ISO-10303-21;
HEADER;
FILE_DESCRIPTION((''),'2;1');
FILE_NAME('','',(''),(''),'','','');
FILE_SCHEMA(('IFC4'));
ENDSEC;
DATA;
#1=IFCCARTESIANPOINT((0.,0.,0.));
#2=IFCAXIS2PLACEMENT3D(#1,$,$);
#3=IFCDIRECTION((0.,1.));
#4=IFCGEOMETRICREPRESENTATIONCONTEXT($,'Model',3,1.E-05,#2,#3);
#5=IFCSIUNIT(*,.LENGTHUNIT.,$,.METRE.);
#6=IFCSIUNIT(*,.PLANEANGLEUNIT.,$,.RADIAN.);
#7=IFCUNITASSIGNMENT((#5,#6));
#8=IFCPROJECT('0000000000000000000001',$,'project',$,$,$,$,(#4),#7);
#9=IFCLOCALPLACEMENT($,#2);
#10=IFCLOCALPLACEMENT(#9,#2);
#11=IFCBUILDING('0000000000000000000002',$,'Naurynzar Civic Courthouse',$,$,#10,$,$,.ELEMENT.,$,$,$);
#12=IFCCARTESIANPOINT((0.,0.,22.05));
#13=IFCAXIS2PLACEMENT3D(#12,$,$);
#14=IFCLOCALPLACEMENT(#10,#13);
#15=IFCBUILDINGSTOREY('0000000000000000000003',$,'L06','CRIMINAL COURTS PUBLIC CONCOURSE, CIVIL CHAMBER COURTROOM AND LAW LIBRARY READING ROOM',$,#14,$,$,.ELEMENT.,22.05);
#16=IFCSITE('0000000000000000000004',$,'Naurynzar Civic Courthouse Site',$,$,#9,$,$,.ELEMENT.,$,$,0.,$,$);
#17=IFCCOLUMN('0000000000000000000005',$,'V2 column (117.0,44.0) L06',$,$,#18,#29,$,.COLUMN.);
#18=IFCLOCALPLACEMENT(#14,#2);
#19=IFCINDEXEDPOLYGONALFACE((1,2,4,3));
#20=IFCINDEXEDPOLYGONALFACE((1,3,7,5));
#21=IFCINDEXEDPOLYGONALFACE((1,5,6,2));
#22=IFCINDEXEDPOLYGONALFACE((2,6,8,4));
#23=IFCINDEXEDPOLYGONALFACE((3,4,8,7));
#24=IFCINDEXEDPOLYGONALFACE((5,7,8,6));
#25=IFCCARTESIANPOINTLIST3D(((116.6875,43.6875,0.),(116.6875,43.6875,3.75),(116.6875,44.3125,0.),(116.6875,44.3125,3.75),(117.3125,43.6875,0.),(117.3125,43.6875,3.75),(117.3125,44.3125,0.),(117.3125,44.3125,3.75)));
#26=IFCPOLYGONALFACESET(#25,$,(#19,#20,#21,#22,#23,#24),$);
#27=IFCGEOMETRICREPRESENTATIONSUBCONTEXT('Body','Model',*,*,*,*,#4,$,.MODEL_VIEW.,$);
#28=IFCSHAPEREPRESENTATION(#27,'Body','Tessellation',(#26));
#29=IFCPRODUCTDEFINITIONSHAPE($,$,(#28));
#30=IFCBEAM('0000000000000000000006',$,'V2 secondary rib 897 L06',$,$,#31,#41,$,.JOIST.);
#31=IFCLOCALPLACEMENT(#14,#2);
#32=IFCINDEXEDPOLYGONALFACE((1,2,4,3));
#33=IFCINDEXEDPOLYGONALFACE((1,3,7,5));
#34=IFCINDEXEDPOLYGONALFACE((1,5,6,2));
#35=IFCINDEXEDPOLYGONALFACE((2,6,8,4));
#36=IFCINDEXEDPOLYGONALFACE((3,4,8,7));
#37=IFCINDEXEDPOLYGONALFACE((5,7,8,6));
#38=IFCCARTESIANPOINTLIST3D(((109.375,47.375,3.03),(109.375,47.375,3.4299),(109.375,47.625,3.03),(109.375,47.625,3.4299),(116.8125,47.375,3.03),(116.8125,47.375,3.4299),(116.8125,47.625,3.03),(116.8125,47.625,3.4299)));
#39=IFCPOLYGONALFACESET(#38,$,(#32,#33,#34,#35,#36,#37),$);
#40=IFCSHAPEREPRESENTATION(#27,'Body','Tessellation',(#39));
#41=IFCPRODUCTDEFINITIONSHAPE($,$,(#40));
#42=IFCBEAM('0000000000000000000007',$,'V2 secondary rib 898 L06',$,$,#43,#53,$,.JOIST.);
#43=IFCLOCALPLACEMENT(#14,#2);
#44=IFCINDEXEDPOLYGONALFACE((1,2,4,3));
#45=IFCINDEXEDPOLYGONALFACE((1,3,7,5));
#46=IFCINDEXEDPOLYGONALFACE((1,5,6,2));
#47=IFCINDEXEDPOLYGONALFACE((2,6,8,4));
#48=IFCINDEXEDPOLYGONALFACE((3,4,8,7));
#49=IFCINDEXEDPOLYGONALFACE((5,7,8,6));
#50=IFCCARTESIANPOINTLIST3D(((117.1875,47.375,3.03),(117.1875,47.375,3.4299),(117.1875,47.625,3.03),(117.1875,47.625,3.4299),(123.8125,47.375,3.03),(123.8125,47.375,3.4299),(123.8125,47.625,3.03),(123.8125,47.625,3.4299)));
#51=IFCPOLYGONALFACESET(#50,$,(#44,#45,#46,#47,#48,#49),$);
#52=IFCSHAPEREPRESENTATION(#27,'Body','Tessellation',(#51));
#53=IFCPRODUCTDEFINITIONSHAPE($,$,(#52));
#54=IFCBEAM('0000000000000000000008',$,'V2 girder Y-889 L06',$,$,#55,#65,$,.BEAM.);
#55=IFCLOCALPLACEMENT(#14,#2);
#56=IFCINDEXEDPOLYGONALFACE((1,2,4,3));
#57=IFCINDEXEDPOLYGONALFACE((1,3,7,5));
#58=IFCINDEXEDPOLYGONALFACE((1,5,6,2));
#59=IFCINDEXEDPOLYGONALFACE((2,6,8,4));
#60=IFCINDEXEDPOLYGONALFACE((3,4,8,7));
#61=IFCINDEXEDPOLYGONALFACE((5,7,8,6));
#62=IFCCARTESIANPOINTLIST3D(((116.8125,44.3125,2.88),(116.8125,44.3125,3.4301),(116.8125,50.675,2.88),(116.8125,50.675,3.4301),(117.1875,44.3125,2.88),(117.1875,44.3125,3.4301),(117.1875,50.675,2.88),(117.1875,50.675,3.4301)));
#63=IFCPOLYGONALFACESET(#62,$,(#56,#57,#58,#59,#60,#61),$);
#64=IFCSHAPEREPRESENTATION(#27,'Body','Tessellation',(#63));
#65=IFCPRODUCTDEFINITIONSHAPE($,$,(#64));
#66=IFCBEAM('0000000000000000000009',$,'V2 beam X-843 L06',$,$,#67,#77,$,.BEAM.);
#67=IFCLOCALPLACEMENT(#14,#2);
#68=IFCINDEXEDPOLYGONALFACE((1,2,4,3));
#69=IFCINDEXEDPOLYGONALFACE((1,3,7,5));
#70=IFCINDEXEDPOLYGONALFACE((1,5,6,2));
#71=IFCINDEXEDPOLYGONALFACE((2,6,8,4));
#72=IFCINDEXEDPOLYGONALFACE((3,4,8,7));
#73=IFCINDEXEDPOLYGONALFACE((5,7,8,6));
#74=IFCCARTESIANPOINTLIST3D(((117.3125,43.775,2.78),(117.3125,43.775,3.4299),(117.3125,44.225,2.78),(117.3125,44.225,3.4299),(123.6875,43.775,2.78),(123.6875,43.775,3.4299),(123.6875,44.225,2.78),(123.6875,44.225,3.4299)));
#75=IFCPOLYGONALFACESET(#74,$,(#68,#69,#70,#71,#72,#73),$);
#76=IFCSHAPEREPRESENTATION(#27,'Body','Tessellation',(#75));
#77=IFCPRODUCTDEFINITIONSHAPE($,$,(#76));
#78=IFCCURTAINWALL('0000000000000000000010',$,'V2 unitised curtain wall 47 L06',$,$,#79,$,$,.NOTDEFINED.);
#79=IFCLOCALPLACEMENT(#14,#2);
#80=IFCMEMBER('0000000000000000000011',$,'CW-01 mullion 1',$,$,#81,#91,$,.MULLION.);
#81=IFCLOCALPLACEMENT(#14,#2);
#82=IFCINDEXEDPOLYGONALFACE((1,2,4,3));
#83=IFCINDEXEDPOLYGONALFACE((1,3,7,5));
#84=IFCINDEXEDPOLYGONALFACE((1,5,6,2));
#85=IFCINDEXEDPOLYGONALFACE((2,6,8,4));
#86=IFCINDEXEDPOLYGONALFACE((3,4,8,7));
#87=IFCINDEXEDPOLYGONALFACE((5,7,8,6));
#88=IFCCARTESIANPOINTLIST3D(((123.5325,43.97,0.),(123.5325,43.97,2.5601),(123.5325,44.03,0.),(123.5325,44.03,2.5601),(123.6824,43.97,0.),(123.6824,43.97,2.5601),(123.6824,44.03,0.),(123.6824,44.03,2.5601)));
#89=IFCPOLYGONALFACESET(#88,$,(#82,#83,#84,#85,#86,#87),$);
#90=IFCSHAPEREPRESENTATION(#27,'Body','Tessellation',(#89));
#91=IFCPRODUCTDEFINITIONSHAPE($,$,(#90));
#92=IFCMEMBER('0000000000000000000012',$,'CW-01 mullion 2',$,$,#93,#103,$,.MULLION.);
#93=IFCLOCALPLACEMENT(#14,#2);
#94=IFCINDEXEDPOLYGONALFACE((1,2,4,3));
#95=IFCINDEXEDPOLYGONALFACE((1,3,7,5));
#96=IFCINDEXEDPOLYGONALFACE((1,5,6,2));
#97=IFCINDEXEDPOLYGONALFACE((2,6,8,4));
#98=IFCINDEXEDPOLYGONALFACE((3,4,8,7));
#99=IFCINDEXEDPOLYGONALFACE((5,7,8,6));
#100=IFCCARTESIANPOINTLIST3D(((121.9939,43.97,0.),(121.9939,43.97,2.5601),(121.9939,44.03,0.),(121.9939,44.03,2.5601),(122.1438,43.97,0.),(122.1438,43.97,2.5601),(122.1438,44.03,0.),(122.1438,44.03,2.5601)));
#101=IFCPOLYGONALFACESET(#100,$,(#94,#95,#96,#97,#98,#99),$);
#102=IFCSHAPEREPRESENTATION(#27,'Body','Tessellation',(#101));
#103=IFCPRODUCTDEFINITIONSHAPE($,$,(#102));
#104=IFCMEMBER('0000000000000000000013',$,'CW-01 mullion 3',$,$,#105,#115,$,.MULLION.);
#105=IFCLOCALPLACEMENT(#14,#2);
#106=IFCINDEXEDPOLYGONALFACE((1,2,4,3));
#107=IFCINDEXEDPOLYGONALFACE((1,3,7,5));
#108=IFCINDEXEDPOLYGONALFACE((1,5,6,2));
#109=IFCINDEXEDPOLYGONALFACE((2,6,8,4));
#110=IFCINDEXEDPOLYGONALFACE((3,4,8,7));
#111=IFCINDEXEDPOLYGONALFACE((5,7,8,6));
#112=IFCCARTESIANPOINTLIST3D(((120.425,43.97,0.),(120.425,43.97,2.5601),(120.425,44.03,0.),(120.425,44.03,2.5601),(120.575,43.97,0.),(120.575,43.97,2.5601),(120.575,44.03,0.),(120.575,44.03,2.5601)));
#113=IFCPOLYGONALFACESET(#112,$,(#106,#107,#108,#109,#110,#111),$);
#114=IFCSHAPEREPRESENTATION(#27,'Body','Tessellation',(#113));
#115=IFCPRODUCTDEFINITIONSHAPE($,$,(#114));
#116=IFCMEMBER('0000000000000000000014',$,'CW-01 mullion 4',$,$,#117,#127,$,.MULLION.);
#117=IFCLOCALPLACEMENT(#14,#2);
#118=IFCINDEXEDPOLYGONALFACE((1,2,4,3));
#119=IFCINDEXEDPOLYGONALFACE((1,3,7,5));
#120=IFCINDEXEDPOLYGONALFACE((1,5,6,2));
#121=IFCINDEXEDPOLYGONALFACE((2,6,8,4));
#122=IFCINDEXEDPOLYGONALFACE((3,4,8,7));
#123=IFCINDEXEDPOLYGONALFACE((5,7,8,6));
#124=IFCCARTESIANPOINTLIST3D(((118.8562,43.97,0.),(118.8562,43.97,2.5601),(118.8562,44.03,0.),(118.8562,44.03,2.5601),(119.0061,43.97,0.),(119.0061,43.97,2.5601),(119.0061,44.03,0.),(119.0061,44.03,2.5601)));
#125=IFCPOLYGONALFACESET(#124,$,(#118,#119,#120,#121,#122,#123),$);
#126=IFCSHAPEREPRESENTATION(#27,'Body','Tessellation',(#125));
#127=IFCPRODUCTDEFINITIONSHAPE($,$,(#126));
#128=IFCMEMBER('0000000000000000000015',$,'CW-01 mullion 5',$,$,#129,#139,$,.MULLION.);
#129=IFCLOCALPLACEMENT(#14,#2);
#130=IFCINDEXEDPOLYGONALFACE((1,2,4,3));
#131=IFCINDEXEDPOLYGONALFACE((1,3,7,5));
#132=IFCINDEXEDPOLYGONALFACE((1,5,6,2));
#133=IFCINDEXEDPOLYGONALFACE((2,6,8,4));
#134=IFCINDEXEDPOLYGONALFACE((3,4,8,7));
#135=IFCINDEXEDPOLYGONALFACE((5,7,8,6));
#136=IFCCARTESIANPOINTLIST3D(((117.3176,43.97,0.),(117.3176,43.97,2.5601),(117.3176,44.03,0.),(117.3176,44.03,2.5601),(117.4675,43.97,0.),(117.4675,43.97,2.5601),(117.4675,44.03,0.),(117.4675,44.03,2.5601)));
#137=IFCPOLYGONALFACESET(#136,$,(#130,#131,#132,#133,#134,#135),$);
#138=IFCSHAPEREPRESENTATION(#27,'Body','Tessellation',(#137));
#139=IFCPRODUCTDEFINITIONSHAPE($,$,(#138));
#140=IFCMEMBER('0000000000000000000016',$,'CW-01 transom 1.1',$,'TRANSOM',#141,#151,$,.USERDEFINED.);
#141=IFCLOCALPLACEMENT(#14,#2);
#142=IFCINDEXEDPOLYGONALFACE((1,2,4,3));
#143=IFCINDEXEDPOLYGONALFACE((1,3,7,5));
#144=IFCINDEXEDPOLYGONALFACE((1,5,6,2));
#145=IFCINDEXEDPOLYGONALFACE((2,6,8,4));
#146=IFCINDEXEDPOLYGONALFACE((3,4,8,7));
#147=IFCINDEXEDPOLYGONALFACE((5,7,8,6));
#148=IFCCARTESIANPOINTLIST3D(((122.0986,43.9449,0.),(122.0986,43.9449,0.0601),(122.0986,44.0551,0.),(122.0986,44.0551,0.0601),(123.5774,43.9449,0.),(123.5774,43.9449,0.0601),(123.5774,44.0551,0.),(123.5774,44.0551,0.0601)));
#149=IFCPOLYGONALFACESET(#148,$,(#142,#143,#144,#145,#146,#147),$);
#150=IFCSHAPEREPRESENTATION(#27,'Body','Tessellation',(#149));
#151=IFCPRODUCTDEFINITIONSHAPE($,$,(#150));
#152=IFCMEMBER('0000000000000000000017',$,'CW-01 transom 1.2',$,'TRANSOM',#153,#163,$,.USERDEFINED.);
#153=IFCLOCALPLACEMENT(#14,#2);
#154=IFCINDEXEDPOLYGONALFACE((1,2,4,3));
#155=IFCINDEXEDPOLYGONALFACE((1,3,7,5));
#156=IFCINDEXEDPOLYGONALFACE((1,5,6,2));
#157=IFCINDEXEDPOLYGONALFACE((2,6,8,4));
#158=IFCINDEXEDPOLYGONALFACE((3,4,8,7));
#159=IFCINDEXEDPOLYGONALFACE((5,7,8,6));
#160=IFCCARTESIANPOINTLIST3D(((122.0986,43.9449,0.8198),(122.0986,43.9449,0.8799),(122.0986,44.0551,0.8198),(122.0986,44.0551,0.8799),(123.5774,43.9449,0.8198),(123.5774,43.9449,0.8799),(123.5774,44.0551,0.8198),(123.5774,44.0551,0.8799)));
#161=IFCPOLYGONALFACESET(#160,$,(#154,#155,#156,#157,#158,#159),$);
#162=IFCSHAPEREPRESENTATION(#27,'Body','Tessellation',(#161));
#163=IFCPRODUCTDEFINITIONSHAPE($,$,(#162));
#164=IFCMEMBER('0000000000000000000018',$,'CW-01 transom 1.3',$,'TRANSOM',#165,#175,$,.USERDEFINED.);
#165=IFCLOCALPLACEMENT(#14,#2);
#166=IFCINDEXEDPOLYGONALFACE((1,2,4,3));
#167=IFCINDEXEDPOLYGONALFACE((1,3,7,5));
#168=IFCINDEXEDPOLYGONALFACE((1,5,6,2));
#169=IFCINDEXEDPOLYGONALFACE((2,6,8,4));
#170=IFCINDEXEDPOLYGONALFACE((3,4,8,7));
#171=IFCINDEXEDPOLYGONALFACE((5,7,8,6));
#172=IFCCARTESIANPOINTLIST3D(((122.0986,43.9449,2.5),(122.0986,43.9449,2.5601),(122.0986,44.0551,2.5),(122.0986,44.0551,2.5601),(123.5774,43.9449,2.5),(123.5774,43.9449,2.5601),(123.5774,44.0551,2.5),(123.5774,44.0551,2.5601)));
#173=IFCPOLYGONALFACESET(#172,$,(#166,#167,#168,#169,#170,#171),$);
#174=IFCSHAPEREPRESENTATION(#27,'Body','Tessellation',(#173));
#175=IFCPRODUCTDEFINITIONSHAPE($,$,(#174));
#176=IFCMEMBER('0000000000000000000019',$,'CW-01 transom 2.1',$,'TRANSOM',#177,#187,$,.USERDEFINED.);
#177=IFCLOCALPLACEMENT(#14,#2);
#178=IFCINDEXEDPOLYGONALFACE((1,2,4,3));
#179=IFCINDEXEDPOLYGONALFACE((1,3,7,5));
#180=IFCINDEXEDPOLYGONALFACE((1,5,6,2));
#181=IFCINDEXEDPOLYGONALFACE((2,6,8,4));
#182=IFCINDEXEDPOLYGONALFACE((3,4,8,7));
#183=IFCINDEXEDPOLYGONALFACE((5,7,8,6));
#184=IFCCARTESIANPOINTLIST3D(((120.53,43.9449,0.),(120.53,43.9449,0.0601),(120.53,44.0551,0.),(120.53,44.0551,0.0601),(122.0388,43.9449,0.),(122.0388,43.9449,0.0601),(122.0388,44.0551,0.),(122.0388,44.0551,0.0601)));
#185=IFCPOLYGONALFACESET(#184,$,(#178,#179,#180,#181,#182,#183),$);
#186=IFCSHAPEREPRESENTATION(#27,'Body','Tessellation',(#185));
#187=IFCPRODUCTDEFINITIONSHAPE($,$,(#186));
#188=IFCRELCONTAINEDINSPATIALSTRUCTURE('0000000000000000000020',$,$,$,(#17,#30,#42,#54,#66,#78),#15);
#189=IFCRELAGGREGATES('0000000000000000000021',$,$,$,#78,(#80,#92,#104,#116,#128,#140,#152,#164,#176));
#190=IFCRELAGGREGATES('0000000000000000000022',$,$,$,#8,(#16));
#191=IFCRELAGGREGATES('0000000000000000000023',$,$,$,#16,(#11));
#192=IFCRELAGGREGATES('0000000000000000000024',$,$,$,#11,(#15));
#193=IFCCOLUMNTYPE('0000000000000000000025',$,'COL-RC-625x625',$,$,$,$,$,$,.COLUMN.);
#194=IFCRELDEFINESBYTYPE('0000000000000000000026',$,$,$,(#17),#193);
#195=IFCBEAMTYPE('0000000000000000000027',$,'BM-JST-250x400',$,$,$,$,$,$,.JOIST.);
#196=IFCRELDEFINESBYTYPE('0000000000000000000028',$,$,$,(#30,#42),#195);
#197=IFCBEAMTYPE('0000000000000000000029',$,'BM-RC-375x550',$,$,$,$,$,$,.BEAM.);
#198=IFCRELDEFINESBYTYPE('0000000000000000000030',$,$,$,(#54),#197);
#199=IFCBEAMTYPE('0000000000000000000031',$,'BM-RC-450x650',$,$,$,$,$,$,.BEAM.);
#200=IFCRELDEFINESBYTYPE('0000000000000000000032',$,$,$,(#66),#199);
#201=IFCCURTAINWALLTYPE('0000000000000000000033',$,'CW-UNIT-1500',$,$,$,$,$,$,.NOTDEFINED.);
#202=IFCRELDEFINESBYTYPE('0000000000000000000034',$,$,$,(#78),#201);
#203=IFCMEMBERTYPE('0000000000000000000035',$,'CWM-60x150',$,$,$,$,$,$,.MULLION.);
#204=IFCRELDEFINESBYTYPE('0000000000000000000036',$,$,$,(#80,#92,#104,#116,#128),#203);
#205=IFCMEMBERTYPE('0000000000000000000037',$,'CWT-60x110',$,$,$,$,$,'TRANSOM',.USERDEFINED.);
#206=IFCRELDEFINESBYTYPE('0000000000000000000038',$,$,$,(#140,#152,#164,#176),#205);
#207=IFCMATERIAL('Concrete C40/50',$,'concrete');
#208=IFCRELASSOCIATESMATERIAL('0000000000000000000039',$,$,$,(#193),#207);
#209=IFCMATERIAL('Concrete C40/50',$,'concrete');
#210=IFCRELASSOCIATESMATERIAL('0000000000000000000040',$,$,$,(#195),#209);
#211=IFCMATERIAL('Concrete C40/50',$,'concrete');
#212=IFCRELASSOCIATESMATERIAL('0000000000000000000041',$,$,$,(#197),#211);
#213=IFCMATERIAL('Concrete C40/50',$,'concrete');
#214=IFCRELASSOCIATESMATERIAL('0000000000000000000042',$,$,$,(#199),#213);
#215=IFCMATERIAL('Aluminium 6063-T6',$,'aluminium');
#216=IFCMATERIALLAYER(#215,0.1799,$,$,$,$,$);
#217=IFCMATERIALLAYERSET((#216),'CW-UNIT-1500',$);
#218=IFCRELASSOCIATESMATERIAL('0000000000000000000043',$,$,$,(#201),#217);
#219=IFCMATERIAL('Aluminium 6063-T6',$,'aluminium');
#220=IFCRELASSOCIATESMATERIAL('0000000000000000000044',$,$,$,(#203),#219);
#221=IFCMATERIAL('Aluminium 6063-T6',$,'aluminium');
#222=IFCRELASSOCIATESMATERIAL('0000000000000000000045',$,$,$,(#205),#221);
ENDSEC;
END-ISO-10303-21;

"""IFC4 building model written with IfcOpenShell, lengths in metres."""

from ifc_helpers import new_model, si_unit, direction, frame, origin, origin_2d, place, context, subcontext, project, spatial, rectangle, extrude, material, layer, layer_set, material_profile, profile_set, type_object, element, aggregate, save


model = new_model("IFC4")

# Units and contexts
model_context = context("Model", 3, precision=1e-05, world=origin(), true_north=direction((0.0, 1.0)))
body_context = subcontext(model_context, "Body", "Model", "MODEL_VIEW")
ifc_project = project(units=[si_unit("LENGTHUNIT", "METRE"), si_unit("PLANEANGLEUNIT", "RADIAN")], contexts=[model_context])

# Site, building, storey
site_placement = place(None, origin())
site = spatial("IfcSite", under=ifc_project, at=site_placement, Name="Naurynzar Civic Courthouse Site", CompositionType="ELEMENT", RefElevation=0.0)
building_placement = place(site_placement, origin())
building = spatial("IfcBuilding", under=site, at=building_placement, Name="Naurynzar Civic Courthouse", CompositionType="ELEMENT")
storey_placement = place(building_placement, frame((0.0, 0.0, 22.05)))
storey = spatial("IfcBuildingStorey", under=building, at=storey_placement, Name="L06", Description="CRIMINAL COURTS PUBLIC CONCOURSE, CIVIL CHAMBER COURTROOM AND LAW LIBRARY READING ROOM", CompositionType="ELEMENT", Elevation=22.05)

# Column
ifc_material_1 = material(Name="Concrete C40/50", Category="concrete")
ifc_material_profile_1 = material_profile(ifc_material_1, rectangle(XDim=0.625, YDim=0.625, at=origin_2d()), Name="RC 625x625")
ifc_profile_set_1 = profile_set([ifc_material_profile_1], Name="Concrete C40/50")
column_type = type_object("IfcColumnType", Name="COL-RC-625x625", PredefinedType="COLUMN", material=ifc_profile_set_1)
column_placement = place(storey_placement, frame((117.0, 44.0, 0.0), z_axis=(0.0, 0.0, 1.0), x_axis=(1.0, 0.0, 0.0)))
element("IfcColumn", 1, at=column_placement, inside=storey, type_object=column_type, Name="V2 column (117.0,44.0) L06", PredefinedType="COLUMN", context=body_context, shape_type="SweptSolid", body=[
    extrude(rectangle(XDim=0.625, YDim=0.625, at=origin_2d()), origin(), (0.0, 0.0, 1.0), 3.75),
])

# Beams
ifc_material_2 = material(Name="Concrete C40/50", Category="concrete")
ifc_material_profile_2 = material_profile(ifc_material_2, rectangle(XDim=0.25, YDim=0.3999, at=origin_2d()), Name="RCB 250x400")
ifc_profile_set_2 = profile_set([ifc_material_profile_2], Name="Concrete C40/50")
beam_type_1 = type_object("IfcBeamType", Name="BM-JST-250x400", PredefinedType="JOIST", material=ifc_profile_set_2)
beam_1_placement = place(storey_placement, frame((109.375, 47.5, 3.23), z_axis=(1.0, 0.0, 0.0), x_axis=(0.0, 1.0, 0.0)))
element("IfcBeam", 2, at=beam_1_placement, inside=storey, type_object=beam_type_1, Name="V2 secondary rib 897 L06", PredefinedType="JOIST", context=body_context, shape_type="SweptSolid", body=[
    extrude(rectangle(XDim=0.25, YDim=0.3999, at=origin_2d()), origin(), (0.0, 0.0, 1.0), 7.4375),
])
beam_2_placement = place(storey_placement, frame((117.1875, 47.5, 3.23), z_axis=(1.0, 0.0, 0.0), x_axis=(0.0, 1.0, 0.0)))
element("IfcBeam", 3, at=beam_2_placement, inside=storey, type_object=beam_type_1, Name="V2 secondary rib 898 L06", PredefinedType="JOIST", context=body_context, shape_type="SweptSolid", body=[
    extrude(rectangle(XDim=0.25, YDim=0.3999, at=origin_2d()), origin(), (0.0, 0.0, 1.0), 6.625),
])
ifc_material_3 = material(Name="Concrete C40/50", Category="concrete")
ifc_material_profile_3 = material_profile(ifc_material_3, rectangle(XDim=0.375, YDim=0.55, at=origin_2d()), Name="RCB 375x550")
ifc_profile_set_3 = profile_set([ifc_material_profile_3], Name="Concrete C40/50")
beam_type_2 = type_object("IfcBeamType", Name="BM-RC-375x550", PredefinedType="BEAM", material=ifc_profile_set_3)
beam_3_placement = place(storey_placement, frame((117.0, 44.3125, 3.155), z_axis=(0.0, 1.0, 0.0), x_axis=(-1.0, 0.0, 0.0)))
element("IfcBeam", 4, at=beam_3_placement, inside=storey, type_object=beam_type_2, Name="V2 girder Y-889 L06", PredefinedType="BEAM", context=body_context, shape_type="SweptSolid", body=[
    extrude(rectangle(XDim=0.375, YDim=0.55, at=origin_2d()), origin(), (0.0, 0.0, 1.0), 6.3625),
])
ifc_material_4 = material(Name="Concrete C40/50", Category="concrete")
ifc_material_profile_4 = material_profile(ifc_material_4, rectangle(XDim=0.45, YDim=0.6499, at=origin_2d()), Name="RCB 450x650")
ifc_profile_set_4 = profile_set([ifc_material_profile_4], Name="Concrete C40/50")
beam_type_3 = type_object("IfcBeamType", Name="BM-RC-450x650", PredefinedType="BEAM", material=ifc_profile_set_4)
beam_4_placement = place(storey_placement, frame((117.3125, 44.0, 3.105), z_axis=(1.0, 0.0, 0.0), x_axis=(0.0, 1.0, 0.0)))
element("IfcBeam", 5, at=beam_4_placement, inside=storey, type_object=beam_type_3, Name="V2 beam X-843 L06", PredefinedType="BEAM", context=body_context, shape_type="SweptSolid", body=[
    extrude(rectangle(XDim=0.45, YDim=0.6499, at=origin_2d()), origin(), (0.0, 0.0, 1.0), 6.375),
])

# Curtain wall, members
ifc_material_5 = material(Name="Aluminium 6063-T6", Category="aluminium")
ifc_layer_1 = layer(ifc_material_5, 0.1799)
ifc_layer_set_1 = layer_set([ifc_layer_1], Name="CW-UNIT-1500")
curtain_wall_type = type_object("IfcCurtainWallType", Name="CW-UNIT-1500", PredefinedType="NOTDEFINED", material=ifc_layer_set_1)
curtain_wall_placement = place(storey_placement, origin())
curtain_wall = element("IfcCurtainWall", 6, at=curtain_wall_placement, inside=storey, type_object=curtain_wall_type, Name="V2 unitised curtain wall 47 L06", PredefinedType="NOTDEFINED")
ifc_material_6 = material(Name="Aluminium 6063-T6", Category="aluminium")
ifc_material_profile_5 = material_profile(ifc_material_6, rectangle(XDim=0.0601, YDim=0.1499, at=origin_2d()), Name="ALU MULLION 60x150")
ifc_profile_set_5 = profile_set([ifc_material_profile_5], Name="Aluminium 6063-T6")
member_type_1 = type_object("IfcMemberType", Name="CWM-60x150", PredefinedType="MULLION", material=ifc_profile_set_5)
member_1_placement = place(storey_placement, frame((123.6074, 44.0, 0.0), z_axis=(0.0, 0.0, 1.0), x_axis=(0.0, -1.0, 0.0)))
member_1 = element("IfcMember", 7, at=member_1_placement, type_object=member_type_1, Name="CW-01 mullion 1", PredefinedType="MULLION", context=body_context, shape_type="SweptSolid", body=[
    extrude(rectangle(XDim=0.0601, YDim=0.1499, at=origin_2d()), origin(), (0.0, 0.0, 1.0), 2.5601),
])
member_2_placement = place(storey_placement, frame((122.0688, 44.0, 0.0), z_axis=(0.0, 0.0, 1.0), x_axis=(0.0, -1.0, 0.0)))
member_2 = element("IfcMember", 8, at=member_2_placement, type_object=member_type_1, Name="CW-01 mullion 2", PredefinedType="MULLION", context=body_context, shape_type="SweptSolid", body=[
    extrude(rectangle(XDim=0.0601, YDim=0.1499, at=origin_2d()), origin(), (0.0, 0.0, 1.0), 2.5601),
])
member_3_placement = place(storey_placement, frame((120.5, 44.0, 0.0), z_axis=(0.0, 0.0, 1.0), x_axis=(0.0, -1.0, 0.0)))
member_3 = element("IfcMember", 9, at=member_3_placement, type_object=member_type_1, Name="CW-01 mullion 3", PredefinedType="MULLION", context=body_context, shape_type="SweptSolid", body=[
    extrude(rectangle(XDim=0.0601, YDim=0.1499, at=origin_2d()), origin(), (0.0, 0.0, 1.0), 2.5601),
])
member_4_placement = place(storey_placement, frame((118.9312, 44.0, 0.0), z_axis=(0.0, 0.0, 1.0), x_axis=(0.0, -1.0, 0.0)))
member_4 = element("IfcMember", 10, at=member_4_placement, type_object=member_type_1, Name="CW-01 mullion 4", PredefinedType="MULLION", context=body_context, shape_type="SweptSolid", body=[
    extrude(rectangle(XDim=0.0601, YDim=0.1499, at=origin_2d()), origin(), (0.0, 0.0, 1.0), 2.5601),
])
member_5_placement = place(storey_placement, frame((117.3926, 44.0, 0.0), z_axis=(0.0, 0.0, 1.0), x_axis=(0.0, -1.0, 0.0)))
member_5 = element("IfcMember", 11, at=member_5_placement, type_object=member_type_1, Name="CW-01 mullion 5", PredefinedType="MULLION", context=body_context, shape_type="SweptSolid", body=[
    extrude(rectangle(XDim=0.0601, YDim=0.1499, at=origin_2d()), origin(), (0.0, 0.0, 1.0), 2.5601),
])
ifc_material_7 = material(Name="Aluminium 6063-T6", Category="aluminium")
ifc_material_profile_6 = material_profile(ifc_material_7, rectangle(XDim=0.1101, YDim=0.0601, at=origin_2d()), Name="ALU TRANSOM 60x110")
ifc_profile_set_6 = profile_set([ifc_material_profile_6], Name="Aluminium 6063-T6")
member_type_2 = type_object("IfcMemberType", Name="CWT-60x110", ElementType="TRANSOM", PredefinedType="USERDEFINED", material=ifc_profile_set_6)
member_6_placement = place(storey_placement, frame((123.5774, 44.0, 0.03), z_axis=(-1.0, 0.0, 0.0), x_axis=(0.0, -1.0, 0.0)))
member_6 = element("IfcMember", 12, at=member_6_placement, type_object=member_type_2, Name="CW-01 transom 1.1", ObjectType="TRANSOM", PredefinedType="USERDEFINED", context=body_context, shape_type="SweptSolid", body=[
    extrude(rectangle(XDim=0.1101, YDim=0.0601, at=origin_2d()), origin(), (0.0, 0.0, 1.0), 1.4788),
])
member_7_placement = place(storey_placement, frame((123.5774, 44.0, 0.8499), z_axis=(-1.0, 0.0, 0.0), x_axis=(0.0, -1.0, 0.0)))
member_7 = element("IfcMember", 13, at=member_7_placement, type_object=member_type_2, Name="CW-01 transom 1.2", ObjectType="TRANSOM", PredefinedType="USERDEFINED", context=body_context, shape_type="SweptSolid", body=[
    extrude(rectangle(XDim=0.1101, YDim=0.0601, at=origin_2d()), origin(), (0.0, 0.0, 1.0), 1.4788),
])
member_8_placement = place(storey_placement, frame((123.5774, 44.0, 2.53), z_axis=(-1.0, 0.0, 0.0), x_axis=(0.0, -1.0, 0.0)))
member_8 = element("IfcMember", 14, at=member_8_placement, type_object=member_type_2, Name="CW-01 transom 1.3", ObjectType="TRANSOM", PredefinedType="USERDEFINED", context=body_context, shape_type="SweptSolid", body=[
    extrude(rectangle(XDim=0.1101, YDim=0.0601, at=origin_2d()), origin(), (0.0, 0.0, 1.0), 1.4788),
])
member_9_placement = place(storey_placement, frame((122.0388, 44.0, 0.03), z_axis=(-1.0, 0.0, 0.0), x_axis=(0.0, -1.0, 0.0)))
member_9 = element("IfcMember", 15, at=member_9_placement, type_object=member_type_2, Name="CW-01 transom 2.1", ObjectType="TRANSOM", PredefinedType="USERDEFINED", context=body_context, shape_type="SweptSolid", body=[
    extrude(rectangle(XDim=0.1101, YDim=0.0601, at=origin_2d()), origin(), (0.0, 0.0, 1.0), 1.5088),
])
aggregate(curtain_wall, [member_1, member_2, member_3, member_4, member_5, member_6, member_7, member_8, member_9])

save(model, "model.ifc")
